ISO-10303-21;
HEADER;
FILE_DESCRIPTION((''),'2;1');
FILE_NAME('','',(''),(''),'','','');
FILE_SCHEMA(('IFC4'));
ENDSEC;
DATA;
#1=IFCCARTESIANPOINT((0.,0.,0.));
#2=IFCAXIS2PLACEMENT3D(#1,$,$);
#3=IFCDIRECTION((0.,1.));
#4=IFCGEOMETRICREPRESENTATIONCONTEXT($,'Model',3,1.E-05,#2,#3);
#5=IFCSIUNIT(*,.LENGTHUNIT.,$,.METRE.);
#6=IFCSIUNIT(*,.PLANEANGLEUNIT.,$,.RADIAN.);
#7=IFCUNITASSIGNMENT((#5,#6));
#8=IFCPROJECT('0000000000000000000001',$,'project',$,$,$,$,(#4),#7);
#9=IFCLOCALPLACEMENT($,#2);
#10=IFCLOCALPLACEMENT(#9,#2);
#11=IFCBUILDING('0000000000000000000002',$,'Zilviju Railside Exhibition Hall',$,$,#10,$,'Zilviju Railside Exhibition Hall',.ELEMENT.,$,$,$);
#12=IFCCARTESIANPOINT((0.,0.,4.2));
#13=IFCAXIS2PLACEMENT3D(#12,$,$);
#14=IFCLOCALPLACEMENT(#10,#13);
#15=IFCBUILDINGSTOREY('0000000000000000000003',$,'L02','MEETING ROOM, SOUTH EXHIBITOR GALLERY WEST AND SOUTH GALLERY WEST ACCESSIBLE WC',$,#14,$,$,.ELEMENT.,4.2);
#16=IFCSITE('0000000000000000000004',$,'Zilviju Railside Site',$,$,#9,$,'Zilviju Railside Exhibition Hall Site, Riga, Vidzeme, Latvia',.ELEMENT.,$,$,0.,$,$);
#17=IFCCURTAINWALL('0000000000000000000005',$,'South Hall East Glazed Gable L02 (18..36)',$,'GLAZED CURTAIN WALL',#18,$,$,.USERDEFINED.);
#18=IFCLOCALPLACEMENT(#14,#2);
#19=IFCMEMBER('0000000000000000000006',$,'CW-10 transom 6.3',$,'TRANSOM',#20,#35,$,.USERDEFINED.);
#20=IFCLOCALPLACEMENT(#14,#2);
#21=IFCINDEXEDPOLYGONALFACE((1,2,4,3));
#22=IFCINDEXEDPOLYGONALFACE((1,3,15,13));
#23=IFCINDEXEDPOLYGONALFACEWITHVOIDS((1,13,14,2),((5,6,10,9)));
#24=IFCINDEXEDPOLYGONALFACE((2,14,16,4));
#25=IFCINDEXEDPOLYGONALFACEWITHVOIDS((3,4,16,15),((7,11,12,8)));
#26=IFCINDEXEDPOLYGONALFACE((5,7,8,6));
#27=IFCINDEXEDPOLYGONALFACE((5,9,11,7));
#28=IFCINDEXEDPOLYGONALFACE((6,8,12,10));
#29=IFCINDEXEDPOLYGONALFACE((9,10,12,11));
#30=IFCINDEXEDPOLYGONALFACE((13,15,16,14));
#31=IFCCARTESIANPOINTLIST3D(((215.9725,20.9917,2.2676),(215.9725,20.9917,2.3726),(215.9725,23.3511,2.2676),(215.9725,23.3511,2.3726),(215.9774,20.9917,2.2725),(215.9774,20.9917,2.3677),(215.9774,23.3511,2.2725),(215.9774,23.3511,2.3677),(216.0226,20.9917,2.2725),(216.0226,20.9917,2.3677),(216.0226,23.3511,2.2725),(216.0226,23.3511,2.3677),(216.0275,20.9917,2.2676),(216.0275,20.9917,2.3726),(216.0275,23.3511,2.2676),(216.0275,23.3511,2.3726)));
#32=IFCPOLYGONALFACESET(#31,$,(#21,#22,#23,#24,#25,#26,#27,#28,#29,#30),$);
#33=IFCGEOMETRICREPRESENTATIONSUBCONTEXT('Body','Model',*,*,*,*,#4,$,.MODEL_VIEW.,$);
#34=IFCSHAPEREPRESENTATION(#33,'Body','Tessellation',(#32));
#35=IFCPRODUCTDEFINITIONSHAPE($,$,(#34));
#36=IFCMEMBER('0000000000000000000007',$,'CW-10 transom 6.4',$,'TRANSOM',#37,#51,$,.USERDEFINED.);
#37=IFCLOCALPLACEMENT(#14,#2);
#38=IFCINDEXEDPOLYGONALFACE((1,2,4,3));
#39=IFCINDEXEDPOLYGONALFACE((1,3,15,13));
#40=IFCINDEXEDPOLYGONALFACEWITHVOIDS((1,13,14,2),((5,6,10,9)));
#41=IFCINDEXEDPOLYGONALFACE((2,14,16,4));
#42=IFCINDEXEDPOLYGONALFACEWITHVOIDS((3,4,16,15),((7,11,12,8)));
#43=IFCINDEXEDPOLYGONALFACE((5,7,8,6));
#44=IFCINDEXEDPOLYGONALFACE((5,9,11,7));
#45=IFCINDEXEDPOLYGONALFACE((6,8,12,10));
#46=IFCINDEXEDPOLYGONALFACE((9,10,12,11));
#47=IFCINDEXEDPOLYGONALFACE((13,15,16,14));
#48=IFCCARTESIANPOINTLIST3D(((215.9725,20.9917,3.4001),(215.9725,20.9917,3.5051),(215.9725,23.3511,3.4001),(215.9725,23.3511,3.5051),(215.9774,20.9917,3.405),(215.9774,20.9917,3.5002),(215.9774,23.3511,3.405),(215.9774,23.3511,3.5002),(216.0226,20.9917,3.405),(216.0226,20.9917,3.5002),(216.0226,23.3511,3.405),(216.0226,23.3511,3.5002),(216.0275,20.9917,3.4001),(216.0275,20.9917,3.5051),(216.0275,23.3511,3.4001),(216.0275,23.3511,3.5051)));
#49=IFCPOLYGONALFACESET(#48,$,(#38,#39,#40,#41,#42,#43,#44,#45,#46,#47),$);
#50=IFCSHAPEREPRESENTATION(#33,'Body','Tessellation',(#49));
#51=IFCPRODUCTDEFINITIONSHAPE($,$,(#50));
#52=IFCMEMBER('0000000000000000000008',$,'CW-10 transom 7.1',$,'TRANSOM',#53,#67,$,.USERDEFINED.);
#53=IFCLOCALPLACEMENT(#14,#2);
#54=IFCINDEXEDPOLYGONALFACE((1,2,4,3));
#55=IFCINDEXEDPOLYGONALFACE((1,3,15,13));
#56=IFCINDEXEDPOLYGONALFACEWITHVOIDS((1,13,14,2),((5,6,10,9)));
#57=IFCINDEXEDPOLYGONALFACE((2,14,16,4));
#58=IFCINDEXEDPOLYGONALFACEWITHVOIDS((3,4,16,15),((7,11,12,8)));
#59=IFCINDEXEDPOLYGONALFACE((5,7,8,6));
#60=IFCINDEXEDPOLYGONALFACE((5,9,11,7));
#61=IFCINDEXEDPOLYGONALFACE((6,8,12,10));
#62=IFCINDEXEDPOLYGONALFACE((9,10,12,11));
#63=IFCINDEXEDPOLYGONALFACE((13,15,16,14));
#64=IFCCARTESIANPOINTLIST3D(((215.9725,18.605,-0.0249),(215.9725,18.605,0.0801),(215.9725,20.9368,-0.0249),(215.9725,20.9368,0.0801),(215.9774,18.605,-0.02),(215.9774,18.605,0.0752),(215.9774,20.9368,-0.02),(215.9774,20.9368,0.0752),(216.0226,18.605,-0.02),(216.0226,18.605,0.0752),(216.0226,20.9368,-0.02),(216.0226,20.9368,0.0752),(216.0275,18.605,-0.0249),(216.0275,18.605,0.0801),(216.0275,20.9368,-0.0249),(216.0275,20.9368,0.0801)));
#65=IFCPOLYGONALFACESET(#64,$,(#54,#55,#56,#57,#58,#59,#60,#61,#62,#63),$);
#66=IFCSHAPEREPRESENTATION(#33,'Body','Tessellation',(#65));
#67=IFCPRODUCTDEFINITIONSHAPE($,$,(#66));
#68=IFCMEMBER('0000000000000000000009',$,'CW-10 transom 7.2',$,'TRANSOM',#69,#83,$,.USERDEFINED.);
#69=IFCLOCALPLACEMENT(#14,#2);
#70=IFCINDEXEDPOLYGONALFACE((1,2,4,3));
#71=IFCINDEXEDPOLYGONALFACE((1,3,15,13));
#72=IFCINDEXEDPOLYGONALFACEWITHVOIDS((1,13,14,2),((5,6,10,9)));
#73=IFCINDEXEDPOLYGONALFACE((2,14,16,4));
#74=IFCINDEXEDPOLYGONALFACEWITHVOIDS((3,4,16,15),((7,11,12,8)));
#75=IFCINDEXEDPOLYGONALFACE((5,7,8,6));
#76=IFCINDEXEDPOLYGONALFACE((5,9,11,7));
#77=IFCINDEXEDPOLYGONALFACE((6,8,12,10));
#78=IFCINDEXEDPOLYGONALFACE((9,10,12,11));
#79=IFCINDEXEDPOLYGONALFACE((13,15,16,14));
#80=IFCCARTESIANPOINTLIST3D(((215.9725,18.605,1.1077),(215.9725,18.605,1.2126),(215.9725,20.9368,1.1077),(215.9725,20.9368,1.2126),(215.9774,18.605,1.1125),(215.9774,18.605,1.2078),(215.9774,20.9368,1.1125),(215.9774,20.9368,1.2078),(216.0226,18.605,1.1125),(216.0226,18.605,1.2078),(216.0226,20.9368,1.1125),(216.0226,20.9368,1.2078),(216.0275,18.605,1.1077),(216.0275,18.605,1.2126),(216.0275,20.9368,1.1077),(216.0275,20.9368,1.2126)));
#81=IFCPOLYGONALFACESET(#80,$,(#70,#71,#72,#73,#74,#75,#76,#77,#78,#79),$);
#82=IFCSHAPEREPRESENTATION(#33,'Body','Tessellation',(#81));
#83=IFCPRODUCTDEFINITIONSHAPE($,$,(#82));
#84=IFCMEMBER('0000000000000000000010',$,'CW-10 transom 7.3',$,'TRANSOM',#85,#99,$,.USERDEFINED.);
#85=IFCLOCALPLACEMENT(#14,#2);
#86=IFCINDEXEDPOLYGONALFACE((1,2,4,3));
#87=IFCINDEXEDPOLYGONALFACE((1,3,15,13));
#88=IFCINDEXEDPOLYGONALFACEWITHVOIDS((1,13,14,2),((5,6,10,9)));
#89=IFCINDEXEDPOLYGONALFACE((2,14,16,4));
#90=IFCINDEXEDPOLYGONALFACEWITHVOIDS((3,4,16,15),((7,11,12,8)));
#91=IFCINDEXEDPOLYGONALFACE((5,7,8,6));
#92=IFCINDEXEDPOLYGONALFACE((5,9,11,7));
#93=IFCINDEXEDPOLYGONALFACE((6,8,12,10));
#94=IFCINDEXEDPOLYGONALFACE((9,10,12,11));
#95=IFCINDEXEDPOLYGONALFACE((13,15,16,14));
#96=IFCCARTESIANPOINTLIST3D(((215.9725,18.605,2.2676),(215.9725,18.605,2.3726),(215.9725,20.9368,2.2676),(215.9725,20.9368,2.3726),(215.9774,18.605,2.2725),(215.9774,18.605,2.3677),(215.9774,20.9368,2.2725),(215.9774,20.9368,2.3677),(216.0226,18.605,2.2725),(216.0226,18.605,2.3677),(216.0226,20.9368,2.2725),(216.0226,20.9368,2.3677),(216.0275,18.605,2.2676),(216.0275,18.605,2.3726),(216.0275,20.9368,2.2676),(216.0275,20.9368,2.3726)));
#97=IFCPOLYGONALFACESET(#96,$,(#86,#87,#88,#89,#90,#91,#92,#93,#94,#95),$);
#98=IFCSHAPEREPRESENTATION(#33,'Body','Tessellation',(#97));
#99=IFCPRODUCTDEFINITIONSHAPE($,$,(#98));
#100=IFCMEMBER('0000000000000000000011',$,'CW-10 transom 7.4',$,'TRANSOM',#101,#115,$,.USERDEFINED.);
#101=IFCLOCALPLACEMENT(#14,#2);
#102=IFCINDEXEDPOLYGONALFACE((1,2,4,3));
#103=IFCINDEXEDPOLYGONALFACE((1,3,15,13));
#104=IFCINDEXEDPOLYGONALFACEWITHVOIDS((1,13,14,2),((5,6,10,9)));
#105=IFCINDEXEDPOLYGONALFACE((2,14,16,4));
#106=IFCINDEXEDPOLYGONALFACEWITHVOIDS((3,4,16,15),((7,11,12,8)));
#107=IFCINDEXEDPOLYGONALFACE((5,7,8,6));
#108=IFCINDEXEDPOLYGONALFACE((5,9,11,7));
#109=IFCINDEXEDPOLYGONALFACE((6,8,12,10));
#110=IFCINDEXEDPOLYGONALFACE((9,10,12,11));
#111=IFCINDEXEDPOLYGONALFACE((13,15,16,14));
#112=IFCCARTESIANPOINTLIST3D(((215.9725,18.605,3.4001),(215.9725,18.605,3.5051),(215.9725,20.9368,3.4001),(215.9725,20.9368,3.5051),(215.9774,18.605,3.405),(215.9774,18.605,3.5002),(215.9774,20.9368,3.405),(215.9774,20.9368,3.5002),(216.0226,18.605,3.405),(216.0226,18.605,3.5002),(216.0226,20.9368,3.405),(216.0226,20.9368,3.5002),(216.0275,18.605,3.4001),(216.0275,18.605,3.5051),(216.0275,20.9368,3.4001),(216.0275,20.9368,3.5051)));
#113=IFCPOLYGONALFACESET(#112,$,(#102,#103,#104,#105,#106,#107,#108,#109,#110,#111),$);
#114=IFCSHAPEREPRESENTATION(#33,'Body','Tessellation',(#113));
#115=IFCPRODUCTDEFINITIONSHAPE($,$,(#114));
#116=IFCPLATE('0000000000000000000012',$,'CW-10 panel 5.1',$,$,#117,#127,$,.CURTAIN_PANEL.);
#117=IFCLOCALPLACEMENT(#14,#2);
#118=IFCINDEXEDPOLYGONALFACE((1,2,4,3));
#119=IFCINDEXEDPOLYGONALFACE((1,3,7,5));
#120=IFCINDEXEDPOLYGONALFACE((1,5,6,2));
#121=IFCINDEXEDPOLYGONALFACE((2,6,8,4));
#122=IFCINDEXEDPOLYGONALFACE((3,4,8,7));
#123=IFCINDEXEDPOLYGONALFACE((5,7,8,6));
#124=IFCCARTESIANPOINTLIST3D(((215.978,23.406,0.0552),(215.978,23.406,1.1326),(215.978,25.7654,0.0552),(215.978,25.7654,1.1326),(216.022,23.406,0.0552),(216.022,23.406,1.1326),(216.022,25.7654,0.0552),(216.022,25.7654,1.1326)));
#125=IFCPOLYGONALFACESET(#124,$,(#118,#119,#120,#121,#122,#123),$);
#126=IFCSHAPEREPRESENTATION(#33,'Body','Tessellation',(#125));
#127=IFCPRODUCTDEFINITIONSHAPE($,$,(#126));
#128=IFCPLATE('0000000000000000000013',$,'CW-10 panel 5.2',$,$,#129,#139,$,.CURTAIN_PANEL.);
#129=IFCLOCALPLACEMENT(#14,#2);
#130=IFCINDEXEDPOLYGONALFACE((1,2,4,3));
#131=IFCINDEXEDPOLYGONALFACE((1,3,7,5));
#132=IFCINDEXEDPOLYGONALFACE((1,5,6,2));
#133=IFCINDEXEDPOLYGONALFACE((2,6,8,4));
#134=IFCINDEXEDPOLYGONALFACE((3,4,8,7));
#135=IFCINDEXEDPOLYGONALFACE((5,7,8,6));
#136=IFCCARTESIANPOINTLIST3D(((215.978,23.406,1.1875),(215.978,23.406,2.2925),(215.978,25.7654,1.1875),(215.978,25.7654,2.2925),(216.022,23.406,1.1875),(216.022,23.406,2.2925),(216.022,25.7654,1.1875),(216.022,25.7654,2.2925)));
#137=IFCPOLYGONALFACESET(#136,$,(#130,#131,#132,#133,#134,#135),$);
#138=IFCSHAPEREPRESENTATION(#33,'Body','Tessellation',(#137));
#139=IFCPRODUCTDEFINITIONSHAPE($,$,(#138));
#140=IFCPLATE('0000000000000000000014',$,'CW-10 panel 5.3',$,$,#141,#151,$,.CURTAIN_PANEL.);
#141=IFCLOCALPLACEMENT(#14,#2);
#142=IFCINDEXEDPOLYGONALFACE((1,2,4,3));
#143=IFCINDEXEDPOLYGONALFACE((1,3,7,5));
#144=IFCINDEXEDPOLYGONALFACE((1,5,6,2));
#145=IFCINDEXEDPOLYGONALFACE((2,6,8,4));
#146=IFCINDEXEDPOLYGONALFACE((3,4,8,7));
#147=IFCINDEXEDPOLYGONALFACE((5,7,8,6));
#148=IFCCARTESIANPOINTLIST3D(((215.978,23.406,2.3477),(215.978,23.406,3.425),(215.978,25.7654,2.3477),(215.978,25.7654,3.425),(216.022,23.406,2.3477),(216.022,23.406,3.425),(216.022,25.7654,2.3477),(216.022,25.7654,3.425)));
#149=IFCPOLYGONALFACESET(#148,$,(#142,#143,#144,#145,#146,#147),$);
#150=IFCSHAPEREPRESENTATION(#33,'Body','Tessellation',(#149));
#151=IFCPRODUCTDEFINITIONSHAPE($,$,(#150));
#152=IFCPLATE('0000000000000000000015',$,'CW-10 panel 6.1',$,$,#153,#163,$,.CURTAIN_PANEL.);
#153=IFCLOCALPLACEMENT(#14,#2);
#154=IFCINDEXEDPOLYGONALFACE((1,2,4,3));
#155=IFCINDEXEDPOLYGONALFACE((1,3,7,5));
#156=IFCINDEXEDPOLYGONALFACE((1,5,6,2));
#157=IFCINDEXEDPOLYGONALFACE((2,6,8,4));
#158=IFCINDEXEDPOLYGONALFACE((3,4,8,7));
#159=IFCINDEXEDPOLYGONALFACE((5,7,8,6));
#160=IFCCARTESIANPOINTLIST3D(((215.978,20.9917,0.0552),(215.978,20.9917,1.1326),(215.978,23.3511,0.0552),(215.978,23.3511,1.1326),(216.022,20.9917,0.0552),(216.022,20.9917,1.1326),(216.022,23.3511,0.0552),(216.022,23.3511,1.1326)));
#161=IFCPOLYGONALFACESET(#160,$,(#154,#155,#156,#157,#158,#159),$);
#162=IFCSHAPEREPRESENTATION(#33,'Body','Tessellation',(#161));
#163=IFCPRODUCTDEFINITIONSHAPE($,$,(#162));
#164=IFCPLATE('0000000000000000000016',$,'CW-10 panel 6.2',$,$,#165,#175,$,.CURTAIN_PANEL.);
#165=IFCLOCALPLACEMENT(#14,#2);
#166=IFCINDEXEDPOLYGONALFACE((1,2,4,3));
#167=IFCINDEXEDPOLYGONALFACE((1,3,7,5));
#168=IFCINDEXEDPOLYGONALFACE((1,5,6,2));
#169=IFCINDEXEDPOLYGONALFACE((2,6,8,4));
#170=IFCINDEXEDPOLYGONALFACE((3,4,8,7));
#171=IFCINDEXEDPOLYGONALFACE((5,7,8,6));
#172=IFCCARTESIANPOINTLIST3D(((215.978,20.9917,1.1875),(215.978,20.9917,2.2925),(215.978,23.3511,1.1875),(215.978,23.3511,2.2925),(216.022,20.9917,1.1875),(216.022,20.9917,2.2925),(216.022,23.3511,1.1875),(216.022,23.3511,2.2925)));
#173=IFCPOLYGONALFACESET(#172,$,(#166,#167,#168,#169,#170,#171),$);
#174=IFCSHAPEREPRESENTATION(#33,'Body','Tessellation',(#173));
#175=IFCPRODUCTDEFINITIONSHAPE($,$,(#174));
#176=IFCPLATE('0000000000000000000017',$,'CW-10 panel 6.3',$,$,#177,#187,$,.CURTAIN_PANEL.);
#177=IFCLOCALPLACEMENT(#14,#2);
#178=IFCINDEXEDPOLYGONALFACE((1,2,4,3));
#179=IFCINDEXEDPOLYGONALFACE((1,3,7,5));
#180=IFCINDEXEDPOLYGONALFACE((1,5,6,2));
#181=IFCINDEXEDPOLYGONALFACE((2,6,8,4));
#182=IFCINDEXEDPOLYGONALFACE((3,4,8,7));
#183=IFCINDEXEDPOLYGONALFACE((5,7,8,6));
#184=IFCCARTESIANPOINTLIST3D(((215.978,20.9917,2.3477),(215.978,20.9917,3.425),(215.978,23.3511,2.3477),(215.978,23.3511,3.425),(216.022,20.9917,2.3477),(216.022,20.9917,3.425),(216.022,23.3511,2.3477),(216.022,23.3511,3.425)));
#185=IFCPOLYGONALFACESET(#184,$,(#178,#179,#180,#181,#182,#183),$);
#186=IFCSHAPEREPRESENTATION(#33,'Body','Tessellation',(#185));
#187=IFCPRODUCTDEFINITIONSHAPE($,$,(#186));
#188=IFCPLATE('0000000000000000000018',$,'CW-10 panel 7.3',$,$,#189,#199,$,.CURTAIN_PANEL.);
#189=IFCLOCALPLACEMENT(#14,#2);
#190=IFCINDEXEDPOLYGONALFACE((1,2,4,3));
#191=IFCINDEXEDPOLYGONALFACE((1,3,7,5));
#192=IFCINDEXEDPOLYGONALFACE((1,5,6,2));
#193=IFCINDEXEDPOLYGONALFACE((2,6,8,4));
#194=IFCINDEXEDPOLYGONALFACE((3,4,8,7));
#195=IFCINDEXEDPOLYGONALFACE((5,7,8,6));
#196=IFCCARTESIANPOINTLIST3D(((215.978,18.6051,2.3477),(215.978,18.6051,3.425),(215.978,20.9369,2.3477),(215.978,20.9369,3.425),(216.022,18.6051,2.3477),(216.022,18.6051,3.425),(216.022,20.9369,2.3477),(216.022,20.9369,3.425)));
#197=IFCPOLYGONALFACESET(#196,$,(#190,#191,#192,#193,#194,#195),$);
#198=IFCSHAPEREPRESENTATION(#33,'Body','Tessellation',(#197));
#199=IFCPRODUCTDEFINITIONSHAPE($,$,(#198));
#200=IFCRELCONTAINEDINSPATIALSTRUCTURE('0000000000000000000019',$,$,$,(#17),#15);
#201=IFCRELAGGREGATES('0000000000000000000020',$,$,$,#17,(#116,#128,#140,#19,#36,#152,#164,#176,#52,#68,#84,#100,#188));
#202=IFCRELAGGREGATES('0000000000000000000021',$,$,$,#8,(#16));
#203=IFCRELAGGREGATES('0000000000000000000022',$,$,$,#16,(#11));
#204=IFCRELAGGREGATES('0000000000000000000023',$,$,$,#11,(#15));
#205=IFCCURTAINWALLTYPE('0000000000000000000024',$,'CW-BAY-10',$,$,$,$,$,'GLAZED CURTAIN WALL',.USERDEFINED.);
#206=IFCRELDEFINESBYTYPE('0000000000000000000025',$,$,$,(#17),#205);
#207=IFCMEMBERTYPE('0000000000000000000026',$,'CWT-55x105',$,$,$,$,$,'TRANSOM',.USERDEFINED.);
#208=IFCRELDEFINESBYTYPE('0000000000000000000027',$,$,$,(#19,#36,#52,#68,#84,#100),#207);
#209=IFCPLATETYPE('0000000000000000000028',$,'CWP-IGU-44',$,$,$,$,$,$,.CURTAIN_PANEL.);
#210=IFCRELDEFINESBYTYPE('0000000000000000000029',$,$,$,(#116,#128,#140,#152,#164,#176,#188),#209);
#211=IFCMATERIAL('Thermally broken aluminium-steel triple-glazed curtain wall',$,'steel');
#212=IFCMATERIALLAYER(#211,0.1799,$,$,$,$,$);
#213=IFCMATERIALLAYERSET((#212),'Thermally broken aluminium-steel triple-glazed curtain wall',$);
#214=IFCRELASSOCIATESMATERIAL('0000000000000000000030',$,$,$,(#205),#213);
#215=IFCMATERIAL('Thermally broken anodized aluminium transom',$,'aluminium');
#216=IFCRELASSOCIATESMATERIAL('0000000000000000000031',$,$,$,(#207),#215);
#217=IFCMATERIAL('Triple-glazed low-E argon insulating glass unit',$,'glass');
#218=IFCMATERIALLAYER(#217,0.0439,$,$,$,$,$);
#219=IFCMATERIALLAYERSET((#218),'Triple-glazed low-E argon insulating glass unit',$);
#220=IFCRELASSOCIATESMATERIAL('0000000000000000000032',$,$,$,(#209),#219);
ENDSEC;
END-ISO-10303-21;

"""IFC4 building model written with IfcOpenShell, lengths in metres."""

from ifc_helpers import new_model, si_unit, direction, frame, origin, origin_2d, place, context, subcontext, project, spatial, rectangle, hollow_rectangle, extrude, material, layer, layer_set, material_profile, profile_set, type_object, element, aggregate, save


model = new_model("IFC4")

# Units and contexts
model_context = context("Model", 3, precision=1e-05, world=origin(), true_north=direction((0.0, 1.0)))
body_context = subcontext(model_context, "Body", "Model", "MODEL_VIEW")
ifc_project = project(units=[si_unit("LENGTHUNIT", "METRE"), si_unit("PLANEANGLEUNIT", "RADIAN")], contexts=[model_context])

# Site, building, storey
site_placement = place(None, origin())
site = spatial("IfcSite", under=ifc_project, at=site_placement, Name="Zilviju Railside Site", LongName="Zilviju Railside Exhibition Hall Site, Riga, Vidzeme, Latvia", CompositionType="ELEMENT", RefElevation=0.0)
building_placement = place(site_placement, origin())
building = spatial("IfcBuilding", under=site, at=building_placement, Name="Zilviju Railside Exhibition Hall", LongName="Zilviju Railside Exhibition Hall", CompositionType="ELEMENT")
storey_placement = place(building_placement, frame((0.0, 0.0, 4.2)))
storey = spatial("IfcBuildingStorey", under=building, at=storey_placement, Name="L02", Description="MEETING ROOM, SOUTH EXHIBITOR GALLERY WEST AND SOUTH GALLERY WEST ACCESSIBLE WC", CompositionType="ELEMENT", Elevation=4.2)

# Curtain wall, members, plates
ifc_material_1 = material(Name="Thermally broken aluminium-steel triple-glazed curtain wall", Category="steel")
ifc_layer_1 = layer(ifc_material_1, 0.1799)
ifc_layer_set_1 = layer_set([ifc_layer_1], Name="Thermally broken aluminium-steel triple-glazed curtain wall")
curtain_wall_type = type_object("IfcCurtainWallType", Name="CW-BAY-10", ElementType="GLAZED CURTAIN WALL", PredefinedType="USERDEFINED", material=ifc_layer_set_1)
curtain_wall_placement = place(storey_placement, origin())
curtain_wall = element("IfcCurtainWall", 1, at=curtain_wall_placement, inside=storey, type_object=curtain_wall_type, Name="South Hall East Glazed Gable L02 (18..36)", ObjectType="GLAZED CURTAIN WALL", PredefinedType="USERDEFINED")
ifc_material_2 = material(Name="Thermally broken anodized aluminium transom", Category="aluminium")
ifc_material_profile_1 = material_profile(ifc_material_2, hollow_rectangle(XDim=0.0549, YDim=0.105, WallThickness=0.0049, at=origin_2d()), Name="TRANSOM 105x55x5")
ifc_profile_set_1 = profile_set([ifc_material_profile_1], Name="Thermally broken anodized aluminium transom")
member_type_1 = type_object("IfcMemberType", Name="CWT-55x105", ElementType="TRANSOM", PredefinedType="USERDEFINED", material=ifc_profile_set_1)
member_1_placement = place(storey_placement, frame((216.0, 23.3511, 2.3201), z_axis=(0.0, -1.0, 0.0), x_axis=(1.0, 0.0, 0.0)))
member_1 = element("IfcMember", 2, at=member_1_placement, type_object=member_type_1, Name="CW-10 transom 6.3", ObjectType="TRANSOM", PredefinedType="USERDEFINED", context=body_context, shape_type="SweptSolid", body=[
    extrude(hollow_rectangle(XDim=0.0549, YDim=0.105, WallThickness=0.0049, at=origin_2d()), origin(), (0.0, 0.0, 1.0), 2.3594),
])
member_2_placement = place(storey_placement, frame((216.0, 23.3511, 3.4526), z_axis=(0.0, -1.0, 0.0), x_axis=(1.0, 0.0, 0.0)))
member_2 = element("IfcMember", 3, at=member_2_placement, type_object=member_type_1, Name="CW-10 transom 6.4", ObjectType="TRANSOM", PredefinedType="USERDEFINED", context=body_context, shape_type="SweptSolid", body=[
    extrude(hollow_rectangle(XDim=0.0549, YDim=0.105, WallThickness=0.0049, at=origin_2d()), origin(), (0.0, 0.0, 1.0), 2.3594),
])
member_3_placement = place(storey_placement, frame((216.0, 20.9368, 0.0276), z_axis=(0.0, -1.0, 0.0), x_axis=(1.0, 0.0, 0.0)))
member_3 = element("IfcMember", 4, at=member_3_placement, type_object=member_type_1, Name="CW-10 transom 7.1", ObjectType="TRANSOM", PredefinedType="USERDEFINED", context=body_context, shape_type="SweptSolid", body=[
    extrude(hollow_rectangle(XDim=0.0549, YDim=0.105, WallThickness=0.0049, at=origin_2d()), origin(), (0.0, 0.0, 1.0), 2.3318),
])
member_4_placement = place(storey_placement, frame((216.0, 20.9368, 1.1602), z_axis=(0.0, -1.0, 0.0), x_axis=(1.0, 0.0, 0.0)))
member_4 = element("IfcMember", 5, at=member_4_placement, type_object=member_type_1, Name="CW-10 transom 7.2", ObjectType="TRANSOM", PredefinedType="USERDEFINED", context=body_context, shape_type="SweptSolid", body=[
    extrude(hollow_rectangle(XDim=0.0549, YDim=0.105, WallThickness=0.0049, at=origin_2d()), origin(), (0.0, 0.0, 1.0), 2.3318),
])
member_5_placement = place(storey_placement, frame((216.0, 20.9368, 2.3201), z_axis=(0.0, -1.0, 0.0), x_axis=(1.0, 0.0, 0.0)))
member_5 = element("IfcMember", 6, at=member_5_placement, type_object=member_type_1, Name="CW-10 transom 7.3", ObjectType="TRANSOM", PredefinedType="USERDEFINED", context=body_context, shape_type="SweptSolid", body=[
    extrude(hollow_rectangle(XDim=0.0549, YDim=0.105, WallThickness=0.0049, at=origin_2d()), origin(), (0.0, 0.0, 1.0), 2.3318),
])
member_6_placement = place(storey_placement, frame((216.0, 20.9368, 3.4526), z_axis=(0.0, -1.0, 0.0), x_axis=(1.0, 0.0, 0.0)))
member_6 = element("IfcMember", 7, at=member_6_placement, type_object=member_type_1, Name="CW-10 transom 7.4", ObjectType="TRANSOM", PredefinedType="USERDEFINED", context=body_context, shape_type="SweptSolid", body=[
    extrude(hollow_rectangle(XDim=0.0549, YDim=0.105, WallThickness=0.0049, at=origin_2d()), origin(), (0.0, 0.0, 1.0), 2.3318),
])
ifc_material_3 = material(Name="Triple-glazed low-E argon insulating glass unit", Category="glass")
ifc_layer_2 = layer(ifc_material_3, 0.0439)
ifc_layer_set_2 = layer_set([ifc_layer_2], Name="Triple-glazed low-E argon insulating glass unit")
plate_type = type_object("IfcPlateType", Name="CWP-IGU-44", PredefinedType="CURTAIN_PANEL", material=ifc_layer_set_2)
plate_1_placement = place(storey_placement, frame((216.0, 24.5857, 0.0552), z_axis=(0.0, 0.0, 1.0), x_axis=(0.0, -1.0, 0.0)))
plate_1 = element("IfcPlate", 8, at=plate_1_placement, type_object=plate_type, Name="CW-10 panel 5.1", PredefinedType="CURTAIN_PANEL", context=body_context, shape_type="SweptSolid", body=[
    extrude(rectangle(XDim=2.3594, YDim=0.0439, at=origin_2d()), origin(), (0.0, 0.0, 1.0), 1.0774),
])
plate_2_placement = place(storey_placement, frame((216.0, 24.5857, 1.1875), z_axis=(0.0, 0.0, 1.0), x_axis=(0.0, -1.0, 0.0)))
plate_2 = element("IfcPlate", 9, at=plate_2_placement, type_object=plate_type, Name="CW-10 panel 5.2", PredefinedType="CURTAIN_PANEL", context=body_context, shape_type="SweptSolid", body=[
    extrude(rectangle(XDim=2.3594, YDim=0.0439, at=origin_2d()), origin(), (0.0, 0.0, 1.0), 1.105),
])
plate_3_placement = place(storey_placement, frame((216.0, 24.5857, 2.3477), z_axis=(0.0, 0.0, 1.0), x_axis=(0.0, -1.0, 0.0)))
plate_3 = element("IfcPlate", 10, at=plate_3_placement, type_object=plate_type, Name="CW-10 panel 5.3", PredefinedType="CURTAIN_PANEL", context=body_context, shape_type="SweptSolid", body=[
    extrude(rectangle(XDim=2.3594, YDim=0.0439, at=origin_2d()), origin(), (0.0, 0.0, 1.0), 1.0774),
])
plate_4_placement = place(storey_placement, frame((216.0, 22.1714, 0.0552), z_axis=(0.0, 0.0, 1.0), x_axis=(0.0, -1.0, 0.0)))
plate_4 = element("IfcPlate", 11, at=plate_4_placement, type_object=plate_type, Name="CW-10 panel 6.1", PredefinedType="CURTAIN_PANEL", context=body_context, shape_type="SweptSolid", body=[
    extrude(rectangle(XDim=2.3594, YDim=0.0439, at=origin_2d()), origin(), (0.0, 0.0, 1.0), 1.0774),
])
plate_5_placement = place(storey_placement, frame((216.0, 22.1714, 1.1875), z_axis=(0.0, 0.0, 1.0), x_axis=(0.0, -1.0, 0.0)))
plate_5 = element("IfcPlate", 12, at=plate_5_placement, type_object=plate_type, Name="CW-10 panel 6.2", PredefinedType="CURTAIN_PANEL", context=body_context, shape_type="SweptSolid", body=[
    extrude(rectangle(XDim=2.3594, YDim=0.0439, at=origin_2d()), origin(), (0.0, 0.0, 1.0), 1.105),
])
plate_6_placement = place(storey_placement, frame((216.0, 22.1714, 2.3477), z_axis=(0.0, 0.0, 1.0), x_axis=(0.0, -1.0, 0.0)))
plate_6 = element("IfcPlate", 13, at=plate_6_placement, type_object=plate_type, Name="CW-10 panel 6.3", PredefinedType="CURTAIN_PANEL", context=body_context, shape_type="SweptSolid", body=[
    extrude(rectangle(XDim=2.3594, YDim=0.0439, at=origin_2d()), origin(), (0.0, 0.0, 1.0), 1.0774),
])
plate_7_placement = place(storey_placement, frame((216.0, 19.771, 2.3477), z_axis=(0.0, 0.0, 1.0), x_axis=(0.0, -1.0, 0.0)))
plate_7 = element("IfcPlate", 14, at=plate_7_placement, type_object=plate_type, Name="CW-10 panel 7.3", PredefinedType="CURTAIN_PANEL", context=body_context, shape_type="SweptSolid", body=[
    extrude(rectangle(XDim=2.3318, YDim=0.0439, at=origin_2d()), origin(), (0.0, 0.0, 1.0), 1.0774),
])
aggregate(curtain_wall, [plate_1, plate_2, plate_3, member_1, member_2, plate_4, plate_5, plate_6, member_3, member_4, member_5, member_6, plate_7])

save(model, "model.ifc")
